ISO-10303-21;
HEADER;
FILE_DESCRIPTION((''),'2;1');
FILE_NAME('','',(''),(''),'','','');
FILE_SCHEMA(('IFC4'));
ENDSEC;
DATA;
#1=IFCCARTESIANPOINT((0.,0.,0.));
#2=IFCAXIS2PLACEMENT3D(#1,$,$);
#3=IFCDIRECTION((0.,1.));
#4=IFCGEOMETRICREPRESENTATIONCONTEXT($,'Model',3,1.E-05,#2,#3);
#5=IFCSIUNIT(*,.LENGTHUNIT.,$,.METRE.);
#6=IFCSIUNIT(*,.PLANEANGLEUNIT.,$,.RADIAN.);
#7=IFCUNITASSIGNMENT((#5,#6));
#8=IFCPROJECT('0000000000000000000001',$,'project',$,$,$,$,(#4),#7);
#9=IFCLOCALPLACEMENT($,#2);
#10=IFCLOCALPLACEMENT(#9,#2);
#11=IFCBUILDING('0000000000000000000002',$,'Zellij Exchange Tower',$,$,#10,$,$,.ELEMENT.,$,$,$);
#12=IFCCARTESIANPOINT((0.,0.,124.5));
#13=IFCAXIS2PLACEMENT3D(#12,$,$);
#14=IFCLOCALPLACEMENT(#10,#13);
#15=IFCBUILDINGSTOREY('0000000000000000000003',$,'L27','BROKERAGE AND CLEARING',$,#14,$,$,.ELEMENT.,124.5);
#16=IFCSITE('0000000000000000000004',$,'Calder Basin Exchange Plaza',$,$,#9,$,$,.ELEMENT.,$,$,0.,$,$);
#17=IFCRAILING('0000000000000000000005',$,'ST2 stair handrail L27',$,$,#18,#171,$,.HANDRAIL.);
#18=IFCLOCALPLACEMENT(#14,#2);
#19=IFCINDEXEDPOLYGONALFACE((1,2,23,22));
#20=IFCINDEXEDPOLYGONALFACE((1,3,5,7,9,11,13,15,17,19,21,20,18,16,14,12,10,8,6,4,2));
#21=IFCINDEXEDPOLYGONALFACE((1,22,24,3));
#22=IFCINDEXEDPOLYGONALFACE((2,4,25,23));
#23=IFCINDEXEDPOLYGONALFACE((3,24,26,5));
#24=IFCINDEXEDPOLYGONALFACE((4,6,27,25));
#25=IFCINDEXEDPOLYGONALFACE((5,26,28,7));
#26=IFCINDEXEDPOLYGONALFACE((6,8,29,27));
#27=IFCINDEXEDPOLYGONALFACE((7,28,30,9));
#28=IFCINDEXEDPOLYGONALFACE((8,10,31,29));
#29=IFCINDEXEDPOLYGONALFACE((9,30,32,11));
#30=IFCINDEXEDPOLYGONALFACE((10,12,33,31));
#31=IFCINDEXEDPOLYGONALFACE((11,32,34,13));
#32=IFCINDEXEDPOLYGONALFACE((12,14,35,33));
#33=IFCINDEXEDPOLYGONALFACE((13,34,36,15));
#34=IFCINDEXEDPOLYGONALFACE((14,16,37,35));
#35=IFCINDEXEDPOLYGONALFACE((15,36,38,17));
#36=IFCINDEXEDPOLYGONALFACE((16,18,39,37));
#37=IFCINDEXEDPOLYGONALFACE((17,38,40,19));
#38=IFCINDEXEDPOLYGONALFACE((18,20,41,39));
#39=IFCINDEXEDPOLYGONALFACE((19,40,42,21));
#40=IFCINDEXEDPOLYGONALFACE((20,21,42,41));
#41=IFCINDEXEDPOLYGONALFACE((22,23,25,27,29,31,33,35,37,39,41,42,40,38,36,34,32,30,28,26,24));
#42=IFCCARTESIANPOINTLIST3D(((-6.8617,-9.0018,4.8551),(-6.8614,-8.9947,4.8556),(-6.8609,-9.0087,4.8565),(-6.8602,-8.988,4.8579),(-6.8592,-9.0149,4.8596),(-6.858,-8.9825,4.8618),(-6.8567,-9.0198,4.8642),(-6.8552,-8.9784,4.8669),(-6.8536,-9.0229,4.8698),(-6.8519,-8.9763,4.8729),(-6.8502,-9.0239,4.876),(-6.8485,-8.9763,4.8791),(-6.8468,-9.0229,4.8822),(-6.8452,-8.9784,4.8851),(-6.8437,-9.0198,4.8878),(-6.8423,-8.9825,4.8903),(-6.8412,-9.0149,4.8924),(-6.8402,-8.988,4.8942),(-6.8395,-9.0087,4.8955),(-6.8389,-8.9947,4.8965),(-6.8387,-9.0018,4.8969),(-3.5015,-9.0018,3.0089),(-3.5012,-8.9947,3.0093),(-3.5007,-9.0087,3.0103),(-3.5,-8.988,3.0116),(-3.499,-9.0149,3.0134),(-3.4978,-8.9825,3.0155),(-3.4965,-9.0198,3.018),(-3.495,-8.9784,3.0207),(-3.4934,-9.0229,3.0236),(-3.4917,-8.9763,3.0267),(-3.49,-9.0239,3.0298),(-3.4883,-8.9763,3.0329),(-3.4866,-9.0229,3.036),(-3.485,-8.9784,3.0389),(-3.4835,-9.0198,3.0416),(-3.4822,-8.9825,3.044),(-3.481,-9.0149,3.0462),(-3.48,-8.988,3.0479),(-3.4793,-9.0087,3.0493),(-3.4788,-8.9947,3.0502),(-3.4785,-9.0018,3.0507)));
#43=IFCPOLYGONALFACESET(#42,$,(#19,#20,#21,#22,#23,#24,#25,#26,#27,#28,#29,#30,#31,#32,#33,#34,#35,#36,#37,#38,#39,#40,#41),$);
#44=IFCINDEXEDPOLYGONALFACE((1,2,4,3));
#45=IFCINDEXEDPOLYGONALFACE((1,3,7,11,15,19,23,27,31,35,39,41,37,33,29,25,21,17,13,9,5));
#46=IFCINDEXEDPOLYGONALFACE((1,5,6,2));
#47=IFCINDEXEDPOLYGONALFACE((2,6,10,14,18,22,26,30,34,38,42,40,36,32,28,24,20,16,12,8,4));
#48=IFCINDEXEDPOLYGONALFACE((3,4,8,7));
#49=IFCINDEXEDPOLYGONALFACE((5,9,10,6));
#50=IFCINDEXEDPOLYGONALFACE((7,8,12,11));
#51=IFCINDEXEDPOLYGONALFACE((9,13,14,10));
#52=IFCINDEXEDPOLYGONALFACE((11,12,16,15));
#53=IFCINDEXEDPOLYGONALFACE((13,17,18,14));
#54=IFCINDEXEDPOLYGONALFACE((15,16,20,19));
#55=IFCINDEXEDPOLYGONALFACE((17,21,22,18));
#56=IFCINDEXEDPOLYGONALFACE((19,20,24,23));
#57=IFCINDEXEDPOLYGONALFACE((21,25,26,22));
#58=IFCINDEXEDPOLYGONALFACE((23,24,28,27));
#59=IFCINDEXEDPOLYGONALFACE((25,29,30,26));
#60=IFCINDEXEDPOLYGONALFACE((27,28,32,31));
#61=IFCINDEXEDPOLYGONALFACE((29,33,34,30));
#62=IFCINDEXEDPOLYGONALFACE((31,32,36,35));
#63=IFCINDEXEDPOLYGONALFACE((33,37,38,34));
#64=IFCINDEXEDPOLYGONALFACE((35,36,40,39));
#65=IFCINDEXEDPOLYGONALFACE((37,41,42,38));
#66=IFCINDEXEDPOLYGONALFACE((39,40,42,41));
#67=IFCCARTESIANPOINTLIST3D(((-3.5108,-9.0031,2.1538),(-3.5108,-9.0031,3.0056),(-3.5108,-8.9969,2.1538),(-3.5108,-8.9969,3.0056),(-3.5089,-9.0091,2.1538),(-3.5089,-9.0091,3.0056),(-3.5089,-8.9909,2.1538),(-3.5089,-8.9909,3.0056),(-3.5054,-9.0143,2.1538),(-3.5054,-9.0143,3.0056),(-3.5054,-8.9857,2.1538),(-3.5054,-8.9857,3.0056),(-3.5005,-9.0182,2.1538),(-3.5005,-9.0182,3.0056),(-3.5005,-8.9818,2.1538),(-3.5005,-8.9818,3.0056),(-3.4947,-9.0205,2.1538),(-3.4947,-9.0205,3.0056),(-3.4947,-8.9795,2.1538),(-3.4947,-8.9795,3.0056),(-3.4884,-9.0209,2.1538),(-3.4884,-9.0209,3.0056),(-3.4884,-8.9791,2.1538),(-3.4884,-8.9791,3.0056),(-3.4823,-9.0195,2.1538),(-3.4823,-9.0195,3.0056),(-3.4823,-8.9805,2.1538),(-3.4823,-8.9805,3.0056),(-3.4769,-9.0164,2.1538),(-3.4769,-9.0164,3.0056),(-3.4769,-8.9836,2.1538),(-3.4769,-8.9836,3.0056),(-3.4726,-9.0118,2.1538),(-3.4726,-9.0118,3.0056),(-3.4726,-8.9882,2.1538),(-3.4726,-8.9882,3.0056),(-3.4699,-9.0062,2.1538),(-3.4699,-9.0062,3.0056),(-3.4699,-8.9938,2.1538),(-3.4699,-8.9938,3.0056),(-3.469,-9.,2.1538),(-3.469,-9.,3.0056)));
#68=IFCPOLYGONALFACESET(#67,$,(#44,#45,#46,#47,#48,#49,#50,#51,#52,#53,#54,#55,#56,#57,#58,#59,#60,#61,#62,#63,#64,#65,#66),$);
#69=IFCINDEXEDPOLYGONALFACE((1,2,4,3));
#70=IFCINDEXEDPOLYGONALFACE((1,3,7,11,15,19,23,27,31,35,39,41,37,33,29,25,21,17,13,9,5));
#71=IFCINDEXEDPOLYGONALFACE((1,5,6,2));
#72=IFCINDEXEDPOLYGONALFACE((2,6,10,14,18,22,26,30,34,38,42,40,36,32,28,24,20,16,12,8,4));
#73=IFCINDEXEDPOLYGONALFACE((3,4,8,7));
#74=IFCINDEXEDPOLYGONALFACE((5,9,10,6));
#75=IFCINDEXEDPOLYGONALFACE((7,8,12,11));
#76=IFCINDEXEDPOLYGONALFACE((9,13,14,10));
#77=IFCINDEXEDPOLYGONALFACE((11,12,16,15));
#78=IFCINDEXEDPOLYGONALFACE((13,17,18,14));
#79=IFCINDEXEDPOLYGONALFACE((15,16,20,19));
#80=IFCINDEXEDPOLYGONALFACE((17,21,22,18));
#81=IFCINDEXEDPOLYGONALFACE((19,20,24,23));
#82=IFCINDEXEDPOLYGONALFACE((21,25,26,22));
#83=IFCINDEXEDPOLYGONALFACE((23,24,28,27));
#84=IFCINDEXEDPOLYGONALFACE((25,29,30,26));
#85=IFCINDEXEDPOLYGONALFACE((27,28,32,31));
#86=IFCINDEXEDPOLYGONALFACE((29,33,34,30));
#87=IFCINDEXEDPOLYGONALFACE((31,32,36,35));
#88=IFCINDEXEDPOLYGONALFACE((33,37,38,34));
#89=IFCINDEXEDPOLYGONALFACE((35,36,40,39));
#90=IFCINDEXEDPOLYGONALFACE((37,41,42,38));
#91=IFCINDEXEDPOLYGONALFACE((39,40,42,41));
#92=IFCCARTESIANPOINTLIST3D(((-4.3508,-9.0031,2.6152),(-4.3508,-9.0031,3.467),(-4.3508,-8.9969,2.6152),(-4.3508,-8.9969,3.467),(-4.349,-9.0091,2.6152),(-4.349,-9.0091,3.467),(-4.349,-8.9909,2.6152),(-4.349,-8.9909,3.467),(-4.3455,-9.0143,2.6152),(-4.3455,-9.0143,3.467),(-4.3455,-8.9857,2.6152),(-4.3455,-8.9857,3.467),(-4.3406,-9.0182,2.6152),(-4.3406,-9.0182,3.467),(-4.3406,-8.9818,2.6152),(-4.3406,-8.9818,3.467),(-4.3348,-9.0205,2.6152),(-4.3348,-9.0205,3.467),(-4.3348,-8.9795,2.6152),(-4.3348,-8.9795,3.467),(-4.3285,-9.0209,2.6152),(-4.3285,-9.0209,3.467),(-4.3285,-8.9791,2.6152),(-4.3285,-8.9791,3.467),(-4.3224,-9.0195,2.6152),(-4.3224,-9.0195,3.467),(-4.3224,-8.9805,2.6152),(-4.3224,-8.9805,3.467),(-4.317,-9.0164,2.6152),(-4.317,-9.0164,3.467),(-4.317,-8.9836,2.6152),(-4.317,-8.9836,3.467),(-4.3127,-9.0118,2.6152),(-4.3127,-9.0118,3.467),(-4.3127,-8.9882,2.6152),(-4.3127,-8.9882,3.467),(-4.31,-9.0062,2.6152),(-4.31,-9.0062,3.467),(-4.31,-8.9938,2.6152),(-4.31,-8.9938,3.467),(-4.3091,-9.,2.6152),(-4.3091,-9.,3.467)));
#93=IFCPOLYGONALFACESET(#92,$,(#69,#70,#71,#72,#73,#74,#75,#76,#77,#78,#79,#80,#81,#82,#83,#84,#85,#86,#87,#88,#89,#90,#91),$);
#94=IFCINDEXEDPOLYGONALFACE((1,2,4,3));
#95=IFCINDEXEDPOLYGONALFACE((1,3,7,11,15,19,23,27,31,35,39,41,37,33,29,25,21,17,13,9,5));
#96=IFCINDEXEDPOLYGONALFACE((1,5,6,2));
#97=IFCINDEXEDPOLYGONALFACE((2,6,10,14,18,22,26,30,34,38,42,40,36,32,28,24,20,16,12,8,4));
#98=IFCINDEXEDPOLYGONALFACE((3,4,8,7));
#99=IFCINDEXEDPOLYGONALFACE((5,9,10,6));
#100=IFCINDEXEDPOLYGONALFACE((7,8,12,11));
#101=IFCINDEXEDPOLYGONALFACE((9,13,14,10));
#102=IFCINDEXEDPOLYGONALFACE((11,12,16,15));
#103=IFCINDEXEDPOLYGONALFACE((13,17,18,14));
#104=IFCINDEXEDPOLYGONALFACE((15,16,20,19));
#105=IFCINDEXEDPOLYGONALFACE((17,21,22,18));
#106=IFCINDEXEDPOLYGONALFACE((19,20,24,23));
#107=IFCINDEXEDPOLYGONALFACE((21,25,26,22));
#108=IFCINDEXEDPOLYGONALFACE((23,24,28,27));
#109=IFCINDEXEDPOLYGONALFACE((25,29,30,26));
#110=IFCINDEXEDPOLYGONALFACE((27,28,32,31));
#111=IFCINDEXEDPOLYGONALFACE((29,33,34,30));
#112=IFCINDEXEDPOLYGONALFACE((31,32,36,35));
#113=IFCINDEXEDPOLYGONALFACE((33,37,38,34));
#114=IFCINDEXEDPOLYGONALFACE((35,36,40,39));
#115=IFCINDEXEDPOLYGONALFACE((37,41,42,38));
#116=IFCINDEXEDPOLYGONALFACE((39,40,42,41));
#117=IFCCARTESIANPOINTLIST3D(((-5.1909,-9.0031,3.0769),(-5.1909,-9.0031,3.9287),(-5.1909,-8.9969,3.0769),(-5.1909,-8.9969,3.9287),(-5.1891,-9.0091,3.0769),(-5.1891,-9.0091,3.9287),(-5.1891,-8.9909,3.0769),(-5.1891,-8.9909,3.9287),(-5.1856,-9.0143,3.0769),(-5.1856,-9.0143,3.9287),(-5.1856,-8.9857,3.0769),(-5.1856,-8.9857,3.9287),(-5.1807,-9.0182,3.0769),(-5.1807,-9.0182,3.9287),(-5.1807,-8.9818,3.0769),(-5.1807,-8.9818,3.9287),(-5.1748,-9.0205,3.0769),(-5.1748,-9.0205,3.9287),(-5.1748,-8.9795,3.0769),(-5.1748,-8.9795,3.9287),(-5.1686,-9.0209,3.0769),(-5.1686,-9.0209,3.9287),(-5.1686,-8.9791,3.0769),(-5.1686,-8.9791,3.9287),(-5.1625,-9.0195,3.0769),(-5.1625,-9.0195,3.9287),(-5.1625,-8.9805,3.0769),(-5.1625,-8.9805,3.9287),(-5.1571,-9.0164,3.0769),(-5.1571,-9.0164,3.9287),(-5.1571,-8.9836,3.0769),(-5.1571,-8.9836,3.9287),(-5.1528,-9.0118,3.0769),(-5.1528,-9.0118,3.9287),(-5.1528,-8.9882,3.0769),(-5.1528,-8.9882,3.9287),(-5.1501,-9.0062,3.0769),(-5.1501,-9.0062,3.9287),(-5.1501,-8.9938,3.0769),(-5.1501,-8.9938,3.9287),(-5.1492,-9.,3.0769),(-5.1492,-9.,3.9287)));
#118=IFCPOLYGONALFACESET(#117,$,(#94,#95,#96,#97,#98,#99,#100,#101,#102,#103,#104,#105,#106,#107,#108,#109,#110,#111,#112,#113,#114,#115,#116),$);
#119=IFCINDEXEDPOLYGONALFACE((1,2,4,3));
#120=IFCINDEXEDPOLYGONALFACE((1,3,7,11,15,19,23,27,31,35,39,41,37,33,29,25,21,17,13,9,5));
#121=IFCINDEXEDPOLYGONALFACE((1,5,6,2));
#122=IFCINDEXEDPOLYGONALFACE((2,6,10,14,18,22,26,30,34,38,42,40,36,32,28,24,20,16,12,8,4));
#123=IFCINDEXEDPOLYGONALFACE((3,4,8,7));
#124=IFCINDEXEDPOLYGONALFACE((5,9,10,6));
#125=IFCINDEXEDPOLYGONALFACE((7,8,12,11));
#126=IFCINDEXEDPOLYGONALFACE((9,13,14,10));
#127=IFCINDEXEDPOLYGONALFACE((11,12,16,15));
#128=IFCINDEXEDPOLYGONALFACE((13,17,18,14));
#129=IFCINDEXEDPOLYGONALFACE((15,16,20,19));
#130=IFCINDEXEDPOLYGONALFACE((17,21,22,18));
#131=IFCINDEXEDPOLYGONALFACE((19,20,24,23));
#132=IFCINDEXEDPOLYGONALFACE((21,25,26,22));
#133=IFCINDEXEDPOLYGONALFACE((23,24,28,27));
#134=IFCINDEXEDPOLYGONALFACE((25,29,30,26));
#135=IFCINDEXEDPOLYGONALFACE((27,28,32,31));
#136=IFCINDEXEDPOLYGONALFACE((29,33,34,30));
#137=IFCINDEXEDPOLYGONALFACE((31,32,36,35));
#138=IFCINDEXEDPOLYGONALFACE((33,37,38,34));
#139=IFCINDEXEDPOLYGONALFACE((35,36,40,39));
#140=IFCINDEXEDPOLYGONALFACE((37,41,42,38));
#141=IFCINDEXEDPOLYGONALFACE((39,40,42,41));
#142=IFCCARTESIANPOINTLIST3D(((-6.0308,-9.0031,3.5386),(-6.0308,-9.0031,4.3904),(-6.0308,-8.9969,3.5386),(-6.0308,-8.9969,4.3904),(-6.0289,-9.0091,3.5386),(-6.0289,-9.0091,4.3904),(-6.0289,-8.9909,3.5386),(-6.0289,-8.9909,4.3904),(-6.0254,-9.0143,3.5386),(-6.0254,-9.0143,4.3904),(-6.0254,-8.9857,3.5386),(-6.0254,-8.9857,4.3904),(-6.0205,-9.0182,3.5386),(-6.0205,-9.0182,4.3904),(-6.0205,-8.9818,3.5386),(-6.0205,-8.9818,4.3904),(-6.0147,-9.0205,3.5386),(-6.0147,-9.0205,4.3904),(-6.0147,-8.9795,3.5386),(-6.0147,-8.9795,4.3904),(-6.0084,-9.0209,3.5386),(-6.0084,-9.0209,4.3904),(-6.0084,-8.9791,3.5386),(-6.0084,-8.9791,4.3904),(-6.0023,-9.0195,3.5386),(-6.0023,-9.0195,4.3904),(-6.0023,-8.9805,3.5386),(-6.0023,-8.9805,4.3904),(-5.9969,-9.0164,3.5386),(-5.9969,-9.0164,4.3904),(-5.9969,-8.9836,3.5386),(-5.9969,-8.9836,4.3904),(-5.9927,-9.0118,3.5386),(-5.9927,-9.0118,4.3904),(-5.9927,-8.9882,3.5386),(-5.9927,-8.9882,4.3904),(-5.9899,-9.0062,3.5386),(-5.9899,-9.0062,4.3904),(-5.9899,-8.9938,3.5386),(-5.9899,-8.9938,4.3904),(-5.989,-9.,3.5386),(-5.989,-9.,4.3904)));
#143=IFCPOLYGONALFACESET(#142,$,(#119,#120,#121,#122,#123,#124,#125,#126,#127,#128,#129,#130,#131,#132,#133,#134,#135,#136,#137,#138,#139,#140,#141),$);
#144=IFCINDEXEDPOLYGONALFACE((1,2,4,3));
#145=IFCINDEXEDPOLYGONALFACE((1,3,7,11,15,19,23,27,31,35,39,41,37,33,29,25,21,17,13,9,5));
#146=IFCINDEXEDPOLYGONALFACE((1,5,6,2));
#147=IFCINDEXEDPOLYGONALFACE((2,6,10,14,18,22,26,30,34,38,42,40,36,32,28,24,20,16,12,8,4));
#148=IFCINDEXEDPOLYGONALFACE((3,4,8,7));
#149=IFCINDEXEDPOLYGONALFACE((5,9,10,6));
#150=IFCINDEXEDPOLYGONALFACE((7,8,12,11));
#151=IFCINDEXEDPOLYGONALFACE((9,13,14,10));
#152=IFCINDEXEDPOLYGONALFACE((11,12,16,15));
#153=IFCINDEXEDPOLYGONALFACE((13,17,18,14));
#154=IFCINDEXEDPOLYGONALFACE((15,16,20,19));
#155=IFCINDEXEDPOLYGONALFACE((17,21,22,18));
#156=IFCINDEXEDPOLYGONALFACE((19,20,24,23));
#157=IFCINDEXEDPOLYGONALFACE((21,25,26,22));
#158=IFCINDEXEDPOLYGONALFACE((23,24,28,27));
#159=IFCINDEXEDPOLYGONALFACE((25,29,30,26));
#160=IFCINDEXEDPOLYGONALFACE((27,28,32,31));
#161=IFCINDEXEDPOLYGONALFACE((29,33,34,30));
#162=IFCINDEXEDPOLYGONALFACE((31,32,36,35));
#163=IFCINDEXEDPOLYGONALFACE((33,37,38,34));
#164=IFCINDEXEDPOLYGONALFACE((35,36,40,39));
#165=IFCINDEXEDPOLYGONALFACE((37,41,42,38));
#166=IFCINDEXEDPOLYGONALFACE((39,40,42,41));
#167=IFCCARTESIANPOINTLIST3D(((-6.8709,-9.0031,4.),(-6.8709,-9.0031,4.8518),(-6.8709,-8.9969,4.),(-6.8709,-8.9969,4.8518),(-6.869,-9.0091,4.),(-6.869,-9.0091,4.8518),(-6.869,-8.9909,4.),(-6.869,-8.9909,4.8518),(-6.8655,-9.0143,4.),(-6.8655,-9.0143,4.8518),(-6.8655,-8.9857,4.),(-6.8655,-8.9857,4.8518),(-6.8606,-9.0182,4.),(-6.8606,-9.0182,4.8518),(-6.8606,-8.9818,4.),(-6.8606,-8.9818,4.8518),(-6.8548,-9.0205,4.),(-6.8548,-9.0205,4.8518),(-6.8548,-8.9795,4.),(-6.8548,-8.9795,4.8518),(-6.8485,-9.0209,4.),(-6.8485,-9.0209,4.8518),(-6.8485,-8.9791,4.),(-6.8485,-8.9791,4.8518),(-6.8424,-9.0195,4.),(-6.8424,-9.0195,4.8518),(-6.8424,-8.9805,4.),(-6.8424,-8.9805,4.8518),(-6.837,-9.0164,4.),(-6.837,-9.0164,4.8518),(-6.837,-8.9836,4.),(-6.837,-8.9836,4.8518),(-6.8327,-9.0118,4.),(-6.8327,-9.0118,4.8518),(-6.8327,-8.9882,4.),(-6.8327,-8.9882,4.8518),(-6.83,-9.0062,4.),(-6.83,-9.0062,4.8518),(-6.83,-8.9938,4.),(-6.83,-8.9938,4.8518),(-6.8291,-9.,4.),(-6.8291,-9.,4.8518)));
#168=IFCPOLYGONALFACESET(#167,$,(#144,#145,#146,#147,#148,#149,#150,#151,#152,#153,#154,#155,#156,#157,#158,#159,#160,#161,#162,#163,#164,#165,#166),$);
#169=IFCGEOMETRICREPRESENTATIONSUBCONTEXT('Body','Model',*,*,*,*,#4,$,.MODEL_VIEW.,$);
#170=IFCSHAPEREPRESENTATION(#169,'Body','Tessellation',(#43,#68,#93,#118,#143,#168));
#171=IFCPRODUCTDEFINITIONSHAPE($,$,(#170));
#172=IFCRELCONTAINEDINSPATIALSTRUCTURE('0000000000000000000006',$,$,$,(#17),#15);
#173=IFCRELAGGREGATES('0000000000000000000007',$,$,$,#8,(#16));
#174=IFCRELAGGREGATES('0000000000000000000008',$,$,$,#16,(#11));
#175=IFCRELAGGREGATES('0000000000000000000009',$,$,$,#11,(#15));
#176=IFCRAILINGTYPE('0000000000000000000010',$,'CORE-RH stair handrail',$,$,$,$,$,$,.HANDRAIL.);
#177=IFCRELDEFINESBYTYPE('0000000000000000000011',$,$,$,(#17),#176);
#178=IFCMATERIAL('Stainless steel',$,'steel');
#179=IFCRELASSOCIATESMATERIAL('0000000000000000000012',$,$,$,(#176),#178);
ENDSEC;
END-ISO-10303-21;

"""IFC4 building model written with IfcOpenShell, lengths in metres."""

from ifc_helpers import new_model, si_unit, direction, frame, origin, origin_2d, place, context, subcontext, project, spatial, circle, extrude, material, type_object, element, save


model = new_model("IFC4")

# Units and contexts
model_context = context("Model", 3, precision=1e-05, world=origin(), true_north=direction((0.0, 1.0)))
body_context = subcontext(model_context, "Body", "Model", "MODEL_VIEW")
ifc_project = project(units=[si_unit("LENGTHUNIT", "METRE"), si_unit("PLANEANGLEUNIT", "RADIAN")], contexts=[model_context])

# Site, building, storey
site_placement = place(None, origin())
site = spatial("IfcSite", under=ifc_project, at=site_placement, Name="Calder Basin Exchange Plaza", CompositionType="ELEMENT", RefElevation=0.0)
building_placement = place(site_placement, origin())
building = spatial("IfcBuilding", under=site, at=building_placement, Name="Zellij Exchange Tower", CompositionType="ELEMENT")
storey_placement = place(building_placement, frame((0.0, 0.0, 124.5)))
storey = spatial("IfcBuildingStorey", under=building, at=storey_placement, Name="L27", Description="BROKERAGE AND CLEARING", CompositionType="ELEMENT", Elevation=124.5)

# Railing
ifc_material_1 = material(Name="Stainless steel", Category="steel")
railing_type_1 = type_object("IfcRailingType", Name="CORE-RH stair handrail", PredefinedType="HANDRAIL", material=ifc_material_1)
railing_1_placement = place(storey_placement, frame((-3.49, -9.0, 2.1538)))
element("IfcRailing", 1, at=railing_1_placement, inside=storey, type_object=railing_type_1, Name="ST2 stair handrail L27", PredefinedType="HANDRAIL", context=body_context, shape_type="SweptSolid", body=[
    extrude(circle(Radius=0.0239, at=origin_2d()), frame((0.0, 0.0, 0.876), z_axis=(-0.876422, 0.0, 0.481545), x_axis=(0.0, -1.0, 0.0)), (0.0, 0.0, 1.0), 3.834),
    extrude(circle(Radius=0.021, at=origin_2d()), origin(), (0.0, 0.0, 1.0), 0.8518),
    extrude(circle(Radius=0.021, at=origin_2d()), frame((-0.8401, 0.0, 0.4614)), (0.0, 0.0, 1.0), 0.8518),
    extrude(circle(Radius=0.021, at=origin_2d()), frame((-1.6802, 0.0, 0.9231)), (0.0, 0.0, 1.0), 0.8518),
    extrude(circle(Radius=0.021, at=origin_2d()), frame((-2.52, 0.0, 1.3848)), (0.0, 0.0, 1.0), 0.8518),
    extrude(circle(Radius=0.021, at=origin_2d()), frame((-3.3601, 0.0, 1.8462)), (0.0, 0.0, 1.0), 0.8518),
])

save(model, "model.ifc")
